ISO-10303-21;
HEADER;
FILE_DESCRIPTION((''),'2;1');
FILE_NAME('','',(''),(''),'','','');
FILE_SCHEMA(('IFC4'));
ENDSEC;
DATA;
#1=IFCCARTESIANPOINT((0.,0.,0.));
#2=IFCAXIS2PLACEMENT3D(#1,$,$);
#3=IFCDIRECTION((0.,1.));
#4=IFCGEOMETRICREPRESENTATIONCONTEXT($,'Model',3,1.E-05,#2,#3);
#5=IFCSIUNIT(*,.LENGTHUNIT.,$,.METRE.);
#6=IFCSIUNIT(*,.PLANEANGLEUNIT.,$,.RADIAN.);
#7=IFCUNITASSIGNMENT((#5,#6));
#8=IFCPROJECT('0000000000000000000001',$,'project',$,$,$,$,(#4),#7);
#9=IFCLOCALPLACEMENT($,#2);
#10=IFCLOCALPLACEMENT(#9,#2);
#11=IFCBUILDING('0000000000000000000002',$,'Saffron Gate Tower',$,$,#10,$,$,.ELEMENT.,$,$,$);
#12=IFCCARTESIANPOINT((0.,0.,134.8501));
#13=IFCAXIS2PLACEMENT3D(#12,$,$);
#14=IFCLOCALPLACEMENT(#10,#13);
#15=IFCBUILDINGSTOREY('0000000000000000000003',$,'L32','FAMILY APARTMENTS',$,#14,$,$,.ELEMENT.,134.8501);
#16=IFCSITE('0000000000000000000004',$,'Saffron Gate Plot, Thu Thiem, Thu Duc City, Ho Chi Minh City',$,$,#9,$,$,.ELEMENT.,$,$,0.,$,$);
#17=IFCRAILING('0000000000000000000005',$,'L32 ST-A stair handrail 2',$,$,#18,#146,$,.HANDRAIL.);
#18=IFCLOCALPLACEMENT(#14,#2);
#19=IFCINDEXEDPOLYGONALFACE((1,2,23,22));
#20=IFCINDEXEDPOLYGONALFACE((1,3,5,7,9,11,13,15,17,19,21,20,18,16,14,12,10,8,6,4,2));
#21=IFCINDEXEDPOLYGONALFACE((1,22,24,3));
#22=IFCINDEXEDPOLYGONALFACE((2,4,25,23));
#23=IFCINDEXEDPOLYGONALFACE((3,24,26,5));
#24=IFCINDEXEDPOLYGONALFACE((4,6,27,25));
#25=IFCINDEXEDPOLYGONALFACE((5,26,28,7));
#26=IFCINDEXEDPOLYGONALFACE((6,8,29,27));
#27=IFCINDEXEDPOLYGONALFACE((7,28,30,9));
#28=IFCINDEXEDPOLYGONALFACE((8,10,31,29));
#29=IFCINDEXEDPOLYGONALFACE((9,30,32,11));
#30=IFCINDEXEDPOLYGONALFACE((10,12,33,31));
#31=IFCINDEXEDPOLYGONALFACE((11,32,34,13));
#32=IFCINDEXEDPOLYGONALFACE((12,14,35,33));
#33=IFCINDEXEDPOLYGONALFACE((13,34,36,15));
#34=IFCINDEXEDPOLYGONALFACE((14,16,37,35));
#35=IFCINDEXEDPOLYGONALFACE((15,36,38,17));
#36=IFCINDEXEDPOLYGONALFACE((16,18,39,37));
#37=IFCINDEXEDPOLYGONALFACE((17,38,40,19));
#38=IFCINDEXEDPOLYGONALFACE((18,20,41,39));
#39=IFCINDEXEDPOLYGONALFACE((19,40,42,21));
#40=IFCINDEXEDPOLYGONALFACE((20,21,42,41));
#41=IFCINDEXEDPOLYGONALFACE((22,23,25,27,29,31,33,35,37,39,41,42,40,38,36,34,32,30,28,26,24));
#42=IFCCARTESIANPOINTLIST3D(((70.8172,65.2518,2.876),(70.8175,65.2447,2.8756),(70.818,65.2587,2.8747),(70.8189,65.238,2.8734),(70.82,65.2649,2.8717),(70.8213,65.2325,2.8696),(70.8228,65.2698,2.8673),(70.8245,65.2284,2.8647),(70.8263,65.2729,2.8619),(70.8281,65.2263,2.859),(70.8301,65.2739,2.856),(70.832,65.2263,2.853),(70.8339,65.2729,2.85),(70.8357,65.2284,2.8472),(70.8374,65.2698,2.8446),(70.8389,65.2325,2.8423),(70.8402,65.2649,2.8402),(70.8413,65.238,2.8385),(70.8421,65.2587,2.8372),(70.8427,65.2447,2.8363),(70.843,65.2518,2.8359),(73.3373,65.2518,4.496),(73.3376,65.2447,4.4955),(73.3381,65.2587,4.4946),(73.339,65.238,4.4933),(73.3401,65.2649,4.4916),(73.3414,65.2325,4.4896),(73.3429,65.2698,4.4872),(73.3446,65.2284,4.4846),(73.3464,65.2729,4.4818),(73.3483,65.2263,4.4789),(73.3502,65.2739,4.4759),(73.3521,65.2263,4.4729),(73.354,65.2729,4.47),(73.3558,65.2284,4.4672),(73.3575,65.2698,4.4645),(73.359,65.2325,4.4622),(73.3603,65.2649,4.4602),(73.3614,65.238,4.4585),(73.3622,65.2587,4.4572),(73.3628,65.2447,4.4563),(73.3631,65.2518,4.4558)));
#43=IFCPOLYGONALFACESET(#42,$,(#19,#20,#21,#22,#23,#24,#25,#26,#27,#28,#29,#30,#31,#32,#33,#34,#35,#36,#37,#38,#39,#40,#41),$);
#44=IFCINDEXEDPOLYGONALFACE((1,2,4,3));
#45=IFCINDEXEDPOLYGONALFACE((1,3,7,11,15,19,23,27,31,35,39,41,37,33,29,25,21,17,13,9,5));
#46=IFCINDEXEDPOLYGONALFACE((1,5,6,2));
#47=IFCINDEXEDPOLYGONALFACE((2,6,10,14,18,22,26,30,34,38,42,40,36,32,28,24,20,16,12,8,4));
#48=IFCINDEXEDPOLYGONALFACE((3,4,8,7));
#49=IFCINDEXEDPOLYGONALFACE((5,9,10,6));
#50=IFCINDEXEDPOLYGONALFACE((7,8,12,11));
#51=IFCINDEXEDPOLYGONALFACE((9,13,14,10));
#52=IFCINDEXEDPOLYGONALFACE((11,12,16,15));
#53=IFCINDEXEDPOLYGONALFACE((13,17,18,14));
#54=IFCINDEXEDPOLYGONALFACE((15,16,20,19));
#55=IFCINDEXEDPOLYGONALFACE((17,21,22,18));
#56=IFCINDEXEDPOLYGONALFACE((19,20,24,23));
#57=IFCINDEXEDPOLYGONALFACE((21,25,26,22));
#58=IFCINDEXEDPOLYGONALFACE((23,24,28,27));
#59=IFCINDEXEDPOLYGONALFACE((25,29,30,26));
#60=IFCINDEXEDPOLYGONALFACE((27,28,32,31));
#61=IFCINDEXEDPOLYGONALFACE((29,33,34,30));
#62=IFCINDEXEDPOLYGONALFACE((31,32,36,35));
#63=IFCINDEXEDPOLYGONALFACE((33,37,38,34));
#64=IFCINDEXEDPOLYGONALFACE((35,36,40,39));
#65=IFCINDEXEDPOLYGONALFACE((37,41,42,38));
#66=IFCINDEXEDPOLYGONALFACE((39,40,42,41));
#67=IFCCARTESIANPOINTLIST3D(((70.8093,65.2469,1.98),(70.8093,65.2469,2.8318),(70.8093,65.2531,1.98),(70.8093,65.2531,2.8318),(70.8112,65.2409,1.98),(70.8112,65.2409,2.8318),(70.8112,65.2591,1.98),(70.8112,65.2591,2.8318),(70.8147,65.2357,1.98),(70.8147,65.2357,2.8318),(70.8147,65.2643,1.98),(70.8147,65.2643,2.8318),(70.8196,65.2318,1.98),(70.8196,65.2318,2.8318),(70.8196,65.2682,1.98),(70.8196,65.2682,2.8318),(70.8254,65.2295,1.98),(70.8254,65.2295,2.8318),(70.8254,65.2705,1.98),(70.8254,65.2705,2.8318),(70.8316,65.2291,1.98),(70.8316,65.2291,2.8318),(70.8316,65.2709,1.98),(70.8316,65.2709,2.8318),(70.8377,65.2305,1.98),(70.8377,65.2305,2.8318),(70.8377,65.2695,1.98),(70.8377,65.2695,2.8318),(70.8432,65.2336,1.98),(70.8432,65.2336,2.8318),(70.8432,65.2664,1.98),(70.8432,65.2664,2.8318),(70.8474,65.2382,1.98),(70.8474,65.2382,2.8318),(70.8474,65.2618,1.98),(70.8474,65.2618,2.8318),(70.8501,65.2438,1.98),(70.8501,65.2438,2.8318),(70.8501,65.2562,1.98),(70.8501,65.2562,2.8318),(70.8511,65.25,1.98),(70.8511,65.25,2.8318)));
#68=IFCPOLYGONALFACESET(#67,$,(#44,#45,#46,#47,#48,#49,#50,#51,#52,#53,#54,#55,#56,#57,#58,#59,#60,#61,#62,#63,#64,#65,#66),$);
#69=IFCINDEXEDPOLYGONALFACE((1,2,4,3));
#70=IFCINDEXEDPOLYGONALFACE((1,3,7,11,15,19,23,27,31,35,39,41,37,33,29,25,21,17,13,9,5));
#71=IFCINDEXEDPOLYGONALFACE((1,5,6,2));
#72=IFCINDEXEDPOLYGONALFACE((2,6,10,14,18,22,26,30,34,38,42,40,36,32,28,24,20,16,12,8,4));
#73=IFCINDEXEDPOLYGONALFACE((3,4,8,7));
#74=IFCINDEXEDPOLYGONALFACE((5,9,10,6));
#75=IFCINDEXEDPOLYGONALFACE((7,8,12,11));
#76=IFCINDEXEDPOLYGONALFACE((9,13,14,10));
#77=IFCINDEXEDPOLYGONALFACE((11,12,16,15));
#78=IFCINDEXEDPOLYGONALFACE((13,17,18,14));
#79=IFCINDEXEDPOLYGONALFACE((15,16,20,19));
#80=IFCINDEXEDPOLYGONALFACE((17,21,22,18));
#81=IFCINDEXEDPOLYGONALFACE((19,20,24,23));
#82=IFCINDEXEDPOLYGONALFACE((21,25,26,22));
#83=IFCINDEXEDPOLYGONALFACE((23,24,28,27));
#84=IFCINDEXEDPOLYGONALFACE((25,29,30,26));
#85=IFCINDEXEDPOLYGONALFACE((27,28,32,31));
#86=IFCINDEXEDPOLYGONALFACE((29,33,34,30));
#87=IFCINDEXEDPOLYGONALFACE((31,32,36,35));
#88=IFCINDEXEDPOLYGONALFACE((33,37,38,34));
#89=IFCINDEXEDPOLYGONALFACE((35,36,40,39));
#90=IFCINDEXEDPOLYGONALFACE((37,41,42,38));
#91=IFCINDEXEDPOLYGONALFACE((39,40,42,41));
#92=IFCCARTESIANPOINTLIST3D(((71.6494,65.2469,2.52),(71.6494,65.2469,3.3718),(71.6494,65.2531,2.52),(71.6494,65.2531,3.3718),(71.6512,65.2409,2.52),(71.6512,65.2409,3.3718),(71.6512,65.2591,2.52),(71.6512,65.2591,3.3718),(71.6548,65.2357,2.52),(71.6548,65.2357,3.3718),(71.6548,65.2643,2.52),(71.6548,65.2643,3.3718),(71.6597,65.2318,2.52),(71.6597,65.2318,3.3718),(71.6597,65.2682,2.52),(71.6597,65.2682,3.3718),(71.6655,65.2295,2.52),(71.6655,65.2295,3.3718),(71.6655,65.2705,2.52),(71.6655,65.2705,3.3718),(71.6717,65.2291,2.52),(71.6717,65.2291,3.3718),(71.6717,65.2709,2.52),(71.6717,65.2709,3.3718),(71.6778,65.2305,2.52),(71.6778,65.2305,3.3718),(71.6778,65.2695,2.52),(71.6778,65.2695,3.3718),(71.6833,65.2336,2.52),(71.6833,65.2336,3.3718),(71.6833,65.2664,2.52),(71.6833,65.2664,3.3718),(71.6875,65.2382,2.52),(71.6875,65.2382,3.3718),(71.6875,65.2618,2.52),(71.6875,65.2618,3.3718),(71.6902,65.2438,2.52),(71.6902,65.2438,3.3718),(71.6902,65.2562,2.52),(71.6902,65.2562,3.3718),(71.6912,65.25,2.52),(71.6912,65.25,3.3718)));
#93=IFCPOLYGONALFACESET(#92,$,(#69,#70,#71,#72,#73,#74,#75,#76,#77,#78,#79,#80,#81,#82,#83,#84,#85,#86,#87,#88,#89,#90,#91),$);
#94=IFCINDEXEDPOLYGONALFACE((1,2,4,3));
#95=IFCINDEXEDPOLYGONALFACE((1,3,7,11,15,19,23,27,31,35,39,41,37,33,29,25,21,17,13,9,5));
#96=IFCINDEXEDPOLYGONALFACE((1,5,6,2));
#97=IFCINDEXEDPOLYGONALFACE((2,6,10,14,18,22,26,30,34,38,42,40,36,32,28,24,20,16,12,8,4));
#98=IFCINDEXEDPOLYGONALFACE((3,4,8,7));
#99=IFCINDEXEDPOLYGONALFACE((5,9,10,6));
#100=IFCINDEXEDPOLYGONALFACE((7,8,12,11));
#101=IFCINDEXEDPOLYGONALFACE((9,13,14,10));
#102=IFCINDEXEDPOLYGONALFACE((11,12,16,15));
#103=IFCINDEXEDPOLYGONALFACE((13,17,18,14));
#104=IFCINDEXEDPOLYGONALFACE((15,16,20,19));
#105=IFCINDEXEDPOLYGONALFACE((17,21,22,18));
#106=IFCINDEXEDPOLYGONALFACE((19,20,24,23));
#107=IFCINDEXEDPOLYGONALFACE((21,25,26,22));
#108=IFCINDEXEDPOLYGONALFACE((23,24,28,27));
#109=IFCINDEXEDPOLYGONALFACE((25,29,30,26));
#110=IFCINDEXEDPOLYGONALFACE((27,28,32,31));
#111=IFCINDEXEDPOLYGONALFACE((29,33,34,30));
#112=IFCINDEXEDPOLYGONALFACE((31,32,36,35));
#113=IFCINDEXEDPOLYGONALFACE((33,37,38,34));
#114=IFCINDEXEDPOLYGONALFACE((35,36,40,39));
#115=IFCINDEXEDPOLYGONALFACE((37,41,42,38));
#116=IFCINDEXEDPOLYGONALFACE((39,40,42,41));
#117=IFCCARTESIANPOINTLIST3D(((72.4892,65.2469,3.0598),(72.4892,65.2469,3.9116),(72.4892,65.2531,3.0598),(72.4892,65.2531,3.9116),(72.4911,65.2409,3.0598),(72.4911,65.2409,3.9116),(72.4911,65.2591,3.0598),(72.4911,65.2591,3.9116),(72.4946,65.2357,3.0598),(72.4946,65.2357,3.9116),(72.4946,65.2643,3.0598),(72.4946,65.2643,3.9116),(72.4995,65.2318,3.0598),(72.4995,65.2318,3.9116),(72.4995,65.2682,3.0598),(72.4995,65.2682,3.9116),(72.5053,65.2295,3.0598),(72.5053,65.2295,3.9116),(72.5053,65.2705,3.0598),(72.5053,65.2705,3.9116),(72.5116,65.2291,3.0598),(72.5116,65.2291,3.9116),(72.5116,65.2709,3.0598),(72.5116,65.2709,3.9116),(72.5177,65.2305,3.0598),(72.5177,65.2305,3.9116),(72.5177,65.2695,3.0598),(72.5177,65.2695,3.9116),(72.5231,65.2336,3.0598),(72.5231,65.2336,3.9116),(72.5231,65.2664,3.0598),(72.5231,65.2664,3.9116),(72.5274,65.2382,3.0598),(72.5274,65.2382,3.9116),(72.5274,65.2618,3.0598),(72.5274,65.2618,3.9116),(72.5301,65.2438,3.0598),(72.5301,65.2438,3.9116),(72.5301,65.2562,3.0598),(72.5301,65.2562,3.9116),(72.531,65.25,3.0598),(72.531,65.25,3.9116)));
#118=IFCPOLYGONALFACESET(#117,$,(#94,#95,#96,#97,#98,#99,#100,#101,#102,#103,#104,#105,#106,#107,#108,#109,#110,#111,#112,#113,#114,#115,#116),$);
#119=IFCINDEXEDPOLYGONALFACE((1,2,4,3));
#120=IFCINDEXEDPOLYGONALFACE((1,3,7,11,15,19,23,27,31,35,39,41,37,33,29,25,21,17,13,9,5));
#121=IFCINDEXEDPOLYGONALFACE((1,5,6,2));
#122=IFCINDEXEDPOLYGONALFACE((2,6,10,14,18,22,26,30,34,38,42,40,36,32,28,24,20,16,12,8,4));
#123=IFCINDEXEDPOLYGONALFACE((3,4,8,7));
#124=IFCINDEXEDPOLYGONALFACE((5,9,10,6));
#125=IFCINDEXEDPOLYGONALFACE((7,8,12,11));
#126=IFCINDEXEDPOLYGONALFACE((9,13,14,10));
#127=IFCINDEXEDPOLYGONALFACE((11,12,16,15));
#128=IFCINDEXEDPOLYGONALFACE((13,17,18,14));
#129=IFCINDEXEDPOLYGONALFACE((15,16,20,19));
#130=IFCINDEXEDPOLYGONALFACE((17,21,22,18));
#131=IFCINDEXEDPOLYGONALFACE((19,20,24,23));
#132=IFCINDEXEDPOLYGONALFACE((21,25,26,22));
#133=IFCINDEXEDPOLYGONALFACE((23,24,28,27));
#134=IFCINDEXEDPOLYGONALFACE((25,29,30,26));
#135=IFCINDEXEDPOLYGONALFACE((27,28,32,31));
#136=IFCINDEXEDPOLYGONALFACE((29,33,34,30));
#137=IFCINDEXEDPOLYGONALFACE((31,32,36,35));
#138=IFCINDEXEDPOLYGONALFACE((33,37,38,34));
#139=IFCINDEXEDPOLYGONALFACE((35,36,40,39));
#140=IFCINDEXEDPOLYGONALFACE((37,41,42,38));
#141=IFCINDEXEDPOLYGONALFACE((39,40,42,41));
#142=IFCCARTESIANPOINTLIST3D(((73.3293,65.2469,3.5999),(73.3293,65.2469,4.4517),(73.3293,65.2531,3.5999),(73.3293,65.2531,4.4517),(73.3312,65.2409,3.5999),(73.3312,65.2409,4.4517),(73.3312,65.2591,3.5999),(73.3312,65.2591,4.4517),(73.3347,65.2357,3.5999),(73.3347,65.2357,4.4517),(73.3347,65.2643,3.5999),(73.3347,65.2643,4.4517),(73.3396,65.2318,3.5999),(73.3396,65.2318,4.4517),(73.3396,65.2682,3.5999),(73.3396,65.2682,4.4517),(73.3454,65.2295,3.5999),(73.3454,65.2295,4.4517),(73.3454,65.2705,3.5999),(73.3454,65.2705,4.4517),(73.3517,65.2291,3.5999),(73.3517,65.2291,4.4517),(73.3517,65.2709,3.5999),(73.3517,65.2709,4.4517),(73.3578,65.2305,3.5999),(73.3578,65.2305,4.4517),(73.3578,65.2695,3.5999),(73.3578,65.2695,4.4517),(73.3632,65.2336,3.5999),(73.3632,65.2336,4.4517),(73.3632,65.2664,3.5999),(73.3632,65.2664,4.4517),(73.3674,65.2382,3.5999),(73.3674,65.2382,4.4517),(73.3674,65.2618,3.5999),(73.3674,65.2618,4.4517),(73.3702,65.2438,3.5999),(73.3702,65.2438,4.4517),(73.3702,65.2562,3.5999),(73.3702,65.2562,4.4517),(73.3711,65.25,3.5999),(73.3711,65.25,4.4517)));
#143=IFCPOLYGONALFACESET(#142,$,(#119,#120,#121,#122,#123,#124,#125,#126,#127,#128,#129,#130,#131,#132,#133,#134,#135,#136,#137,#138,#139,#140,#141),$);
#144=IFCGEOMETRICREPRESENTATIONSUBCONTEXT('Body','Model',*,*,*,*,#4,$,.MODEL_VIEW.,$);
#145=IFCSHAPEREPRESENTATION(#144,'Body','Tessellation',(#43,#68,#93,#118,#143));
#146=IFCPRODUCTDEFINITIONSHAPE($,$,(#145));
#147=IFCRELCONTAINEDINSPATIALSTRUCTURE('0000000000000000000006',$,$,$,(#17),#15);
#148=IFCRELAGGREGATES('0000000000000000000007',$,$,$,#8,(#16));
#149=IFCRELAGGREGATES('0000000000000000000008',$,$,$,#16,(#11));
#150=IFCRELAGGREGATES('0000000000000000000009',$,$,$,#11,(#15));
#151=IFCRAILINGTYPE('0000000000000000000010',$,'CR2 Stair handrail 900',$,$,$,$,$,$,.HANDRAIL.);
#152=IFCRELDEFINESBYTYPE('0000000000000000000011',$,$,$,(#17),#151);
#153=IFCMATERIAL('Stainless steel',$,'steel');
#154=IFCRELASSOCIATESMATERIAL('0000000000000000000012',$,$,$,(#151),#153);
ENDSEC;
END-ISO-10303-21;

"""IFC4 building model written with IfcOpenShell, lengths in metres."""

from ifc_helpers import new_model, si_unit, direction, frame, origin, origin_2d, place, context, subcontext, project, spatial, circle, extrude, material, type_object, element, save


model = new_model("IFC4")

# Units and contexts
model_context = context("Model", 3, precision=1e-05, world=origin(), true_north=direction((0.0, 1.0)))
body_context = subcontext(model_context, "Body", "Model", "MODEL_VIEW")
ifc_project = project(units=[si_unit("LENGTHUNIT", "METRE"), si_unit("PLANEANGLEUNIT", "RADIAN")], contexts=[model_context])

# Site, building, storey
site_placement = place(None, origin())
site = spatial("IfcSite", under=ifc_project, at=site_placement, Name="Saffron Gate Plot, Thu Thiem, Thu Duc City, Ho Chi Minh City", CompositionType="ELEMENT", RefElevation=0.0)
building_placement = place(site_placement, origin())
building = spatial("IfcBuilding", under=site, at=building_placement, Name="Saffron Gate Tower", CompositionType="ELEMENT")
storey_placement = place(building_placement, frame((0.0, 0.0, 134.8501)))
storey = spatial("IfcBuildingStorey", under=building, at=storey_placement, Name="L32", Description="FAMILY APARTMENTS", CompositionType="ELEMENT", Elevation=134.8501)

# Railing
ifc_material_1 = material(Name="Stainless steel", Category="steel")
railing_type_1 = type_object("IfcRailingType", Name="CR2 Stair handrail 900", PredefinedType="HANDRAIL", material=ifc_material_1)
railing_1_placement = place(storey_placement, frame((70.8301, 65.25, 1.98)))
element("IfcRailing", 1, at=railing_1_placement, inside=storey, type_object=railing_type_1, Name="L32 ST-A stair handrail 2", PredefinedType="HANDRAIL", context=body_context, shape_type="SweptSolid", body=[
    extrude(circle(Radius=0.0239, at=origin_2d()), frame((0.0, 0.0, 0.876), z_axis=(0.8412, 0.0, 0.540725), x_axis=(0.0, 1.0, 0.0)), (0.0, 0.0, 1.0), 2.9958),
    extrude(circle(Radius=0.021, at=origin_2d()), origin(), (0.0, 0.0, 1.0), 0.8518),
    extrude(circle(Radius=0.021, at=origin_2d()), frame((0.8401, 0.0, 0.54)), (0.0, 0.0, 1.0), 0.8518),
    extrude(circle(Radius=0.021, at=origin_2d()), frame((1.6799, 0.0, 1.0798)), (0.0, 0.0, 1.0), 0.8518),
    extrude(circle(Radius=0.021, at=origin_2d()), frame((2.52, 0.0, 1.6199)), (0.0, 0.0, 1.0), 0.8518),
])

save(model, "model.ifc")
